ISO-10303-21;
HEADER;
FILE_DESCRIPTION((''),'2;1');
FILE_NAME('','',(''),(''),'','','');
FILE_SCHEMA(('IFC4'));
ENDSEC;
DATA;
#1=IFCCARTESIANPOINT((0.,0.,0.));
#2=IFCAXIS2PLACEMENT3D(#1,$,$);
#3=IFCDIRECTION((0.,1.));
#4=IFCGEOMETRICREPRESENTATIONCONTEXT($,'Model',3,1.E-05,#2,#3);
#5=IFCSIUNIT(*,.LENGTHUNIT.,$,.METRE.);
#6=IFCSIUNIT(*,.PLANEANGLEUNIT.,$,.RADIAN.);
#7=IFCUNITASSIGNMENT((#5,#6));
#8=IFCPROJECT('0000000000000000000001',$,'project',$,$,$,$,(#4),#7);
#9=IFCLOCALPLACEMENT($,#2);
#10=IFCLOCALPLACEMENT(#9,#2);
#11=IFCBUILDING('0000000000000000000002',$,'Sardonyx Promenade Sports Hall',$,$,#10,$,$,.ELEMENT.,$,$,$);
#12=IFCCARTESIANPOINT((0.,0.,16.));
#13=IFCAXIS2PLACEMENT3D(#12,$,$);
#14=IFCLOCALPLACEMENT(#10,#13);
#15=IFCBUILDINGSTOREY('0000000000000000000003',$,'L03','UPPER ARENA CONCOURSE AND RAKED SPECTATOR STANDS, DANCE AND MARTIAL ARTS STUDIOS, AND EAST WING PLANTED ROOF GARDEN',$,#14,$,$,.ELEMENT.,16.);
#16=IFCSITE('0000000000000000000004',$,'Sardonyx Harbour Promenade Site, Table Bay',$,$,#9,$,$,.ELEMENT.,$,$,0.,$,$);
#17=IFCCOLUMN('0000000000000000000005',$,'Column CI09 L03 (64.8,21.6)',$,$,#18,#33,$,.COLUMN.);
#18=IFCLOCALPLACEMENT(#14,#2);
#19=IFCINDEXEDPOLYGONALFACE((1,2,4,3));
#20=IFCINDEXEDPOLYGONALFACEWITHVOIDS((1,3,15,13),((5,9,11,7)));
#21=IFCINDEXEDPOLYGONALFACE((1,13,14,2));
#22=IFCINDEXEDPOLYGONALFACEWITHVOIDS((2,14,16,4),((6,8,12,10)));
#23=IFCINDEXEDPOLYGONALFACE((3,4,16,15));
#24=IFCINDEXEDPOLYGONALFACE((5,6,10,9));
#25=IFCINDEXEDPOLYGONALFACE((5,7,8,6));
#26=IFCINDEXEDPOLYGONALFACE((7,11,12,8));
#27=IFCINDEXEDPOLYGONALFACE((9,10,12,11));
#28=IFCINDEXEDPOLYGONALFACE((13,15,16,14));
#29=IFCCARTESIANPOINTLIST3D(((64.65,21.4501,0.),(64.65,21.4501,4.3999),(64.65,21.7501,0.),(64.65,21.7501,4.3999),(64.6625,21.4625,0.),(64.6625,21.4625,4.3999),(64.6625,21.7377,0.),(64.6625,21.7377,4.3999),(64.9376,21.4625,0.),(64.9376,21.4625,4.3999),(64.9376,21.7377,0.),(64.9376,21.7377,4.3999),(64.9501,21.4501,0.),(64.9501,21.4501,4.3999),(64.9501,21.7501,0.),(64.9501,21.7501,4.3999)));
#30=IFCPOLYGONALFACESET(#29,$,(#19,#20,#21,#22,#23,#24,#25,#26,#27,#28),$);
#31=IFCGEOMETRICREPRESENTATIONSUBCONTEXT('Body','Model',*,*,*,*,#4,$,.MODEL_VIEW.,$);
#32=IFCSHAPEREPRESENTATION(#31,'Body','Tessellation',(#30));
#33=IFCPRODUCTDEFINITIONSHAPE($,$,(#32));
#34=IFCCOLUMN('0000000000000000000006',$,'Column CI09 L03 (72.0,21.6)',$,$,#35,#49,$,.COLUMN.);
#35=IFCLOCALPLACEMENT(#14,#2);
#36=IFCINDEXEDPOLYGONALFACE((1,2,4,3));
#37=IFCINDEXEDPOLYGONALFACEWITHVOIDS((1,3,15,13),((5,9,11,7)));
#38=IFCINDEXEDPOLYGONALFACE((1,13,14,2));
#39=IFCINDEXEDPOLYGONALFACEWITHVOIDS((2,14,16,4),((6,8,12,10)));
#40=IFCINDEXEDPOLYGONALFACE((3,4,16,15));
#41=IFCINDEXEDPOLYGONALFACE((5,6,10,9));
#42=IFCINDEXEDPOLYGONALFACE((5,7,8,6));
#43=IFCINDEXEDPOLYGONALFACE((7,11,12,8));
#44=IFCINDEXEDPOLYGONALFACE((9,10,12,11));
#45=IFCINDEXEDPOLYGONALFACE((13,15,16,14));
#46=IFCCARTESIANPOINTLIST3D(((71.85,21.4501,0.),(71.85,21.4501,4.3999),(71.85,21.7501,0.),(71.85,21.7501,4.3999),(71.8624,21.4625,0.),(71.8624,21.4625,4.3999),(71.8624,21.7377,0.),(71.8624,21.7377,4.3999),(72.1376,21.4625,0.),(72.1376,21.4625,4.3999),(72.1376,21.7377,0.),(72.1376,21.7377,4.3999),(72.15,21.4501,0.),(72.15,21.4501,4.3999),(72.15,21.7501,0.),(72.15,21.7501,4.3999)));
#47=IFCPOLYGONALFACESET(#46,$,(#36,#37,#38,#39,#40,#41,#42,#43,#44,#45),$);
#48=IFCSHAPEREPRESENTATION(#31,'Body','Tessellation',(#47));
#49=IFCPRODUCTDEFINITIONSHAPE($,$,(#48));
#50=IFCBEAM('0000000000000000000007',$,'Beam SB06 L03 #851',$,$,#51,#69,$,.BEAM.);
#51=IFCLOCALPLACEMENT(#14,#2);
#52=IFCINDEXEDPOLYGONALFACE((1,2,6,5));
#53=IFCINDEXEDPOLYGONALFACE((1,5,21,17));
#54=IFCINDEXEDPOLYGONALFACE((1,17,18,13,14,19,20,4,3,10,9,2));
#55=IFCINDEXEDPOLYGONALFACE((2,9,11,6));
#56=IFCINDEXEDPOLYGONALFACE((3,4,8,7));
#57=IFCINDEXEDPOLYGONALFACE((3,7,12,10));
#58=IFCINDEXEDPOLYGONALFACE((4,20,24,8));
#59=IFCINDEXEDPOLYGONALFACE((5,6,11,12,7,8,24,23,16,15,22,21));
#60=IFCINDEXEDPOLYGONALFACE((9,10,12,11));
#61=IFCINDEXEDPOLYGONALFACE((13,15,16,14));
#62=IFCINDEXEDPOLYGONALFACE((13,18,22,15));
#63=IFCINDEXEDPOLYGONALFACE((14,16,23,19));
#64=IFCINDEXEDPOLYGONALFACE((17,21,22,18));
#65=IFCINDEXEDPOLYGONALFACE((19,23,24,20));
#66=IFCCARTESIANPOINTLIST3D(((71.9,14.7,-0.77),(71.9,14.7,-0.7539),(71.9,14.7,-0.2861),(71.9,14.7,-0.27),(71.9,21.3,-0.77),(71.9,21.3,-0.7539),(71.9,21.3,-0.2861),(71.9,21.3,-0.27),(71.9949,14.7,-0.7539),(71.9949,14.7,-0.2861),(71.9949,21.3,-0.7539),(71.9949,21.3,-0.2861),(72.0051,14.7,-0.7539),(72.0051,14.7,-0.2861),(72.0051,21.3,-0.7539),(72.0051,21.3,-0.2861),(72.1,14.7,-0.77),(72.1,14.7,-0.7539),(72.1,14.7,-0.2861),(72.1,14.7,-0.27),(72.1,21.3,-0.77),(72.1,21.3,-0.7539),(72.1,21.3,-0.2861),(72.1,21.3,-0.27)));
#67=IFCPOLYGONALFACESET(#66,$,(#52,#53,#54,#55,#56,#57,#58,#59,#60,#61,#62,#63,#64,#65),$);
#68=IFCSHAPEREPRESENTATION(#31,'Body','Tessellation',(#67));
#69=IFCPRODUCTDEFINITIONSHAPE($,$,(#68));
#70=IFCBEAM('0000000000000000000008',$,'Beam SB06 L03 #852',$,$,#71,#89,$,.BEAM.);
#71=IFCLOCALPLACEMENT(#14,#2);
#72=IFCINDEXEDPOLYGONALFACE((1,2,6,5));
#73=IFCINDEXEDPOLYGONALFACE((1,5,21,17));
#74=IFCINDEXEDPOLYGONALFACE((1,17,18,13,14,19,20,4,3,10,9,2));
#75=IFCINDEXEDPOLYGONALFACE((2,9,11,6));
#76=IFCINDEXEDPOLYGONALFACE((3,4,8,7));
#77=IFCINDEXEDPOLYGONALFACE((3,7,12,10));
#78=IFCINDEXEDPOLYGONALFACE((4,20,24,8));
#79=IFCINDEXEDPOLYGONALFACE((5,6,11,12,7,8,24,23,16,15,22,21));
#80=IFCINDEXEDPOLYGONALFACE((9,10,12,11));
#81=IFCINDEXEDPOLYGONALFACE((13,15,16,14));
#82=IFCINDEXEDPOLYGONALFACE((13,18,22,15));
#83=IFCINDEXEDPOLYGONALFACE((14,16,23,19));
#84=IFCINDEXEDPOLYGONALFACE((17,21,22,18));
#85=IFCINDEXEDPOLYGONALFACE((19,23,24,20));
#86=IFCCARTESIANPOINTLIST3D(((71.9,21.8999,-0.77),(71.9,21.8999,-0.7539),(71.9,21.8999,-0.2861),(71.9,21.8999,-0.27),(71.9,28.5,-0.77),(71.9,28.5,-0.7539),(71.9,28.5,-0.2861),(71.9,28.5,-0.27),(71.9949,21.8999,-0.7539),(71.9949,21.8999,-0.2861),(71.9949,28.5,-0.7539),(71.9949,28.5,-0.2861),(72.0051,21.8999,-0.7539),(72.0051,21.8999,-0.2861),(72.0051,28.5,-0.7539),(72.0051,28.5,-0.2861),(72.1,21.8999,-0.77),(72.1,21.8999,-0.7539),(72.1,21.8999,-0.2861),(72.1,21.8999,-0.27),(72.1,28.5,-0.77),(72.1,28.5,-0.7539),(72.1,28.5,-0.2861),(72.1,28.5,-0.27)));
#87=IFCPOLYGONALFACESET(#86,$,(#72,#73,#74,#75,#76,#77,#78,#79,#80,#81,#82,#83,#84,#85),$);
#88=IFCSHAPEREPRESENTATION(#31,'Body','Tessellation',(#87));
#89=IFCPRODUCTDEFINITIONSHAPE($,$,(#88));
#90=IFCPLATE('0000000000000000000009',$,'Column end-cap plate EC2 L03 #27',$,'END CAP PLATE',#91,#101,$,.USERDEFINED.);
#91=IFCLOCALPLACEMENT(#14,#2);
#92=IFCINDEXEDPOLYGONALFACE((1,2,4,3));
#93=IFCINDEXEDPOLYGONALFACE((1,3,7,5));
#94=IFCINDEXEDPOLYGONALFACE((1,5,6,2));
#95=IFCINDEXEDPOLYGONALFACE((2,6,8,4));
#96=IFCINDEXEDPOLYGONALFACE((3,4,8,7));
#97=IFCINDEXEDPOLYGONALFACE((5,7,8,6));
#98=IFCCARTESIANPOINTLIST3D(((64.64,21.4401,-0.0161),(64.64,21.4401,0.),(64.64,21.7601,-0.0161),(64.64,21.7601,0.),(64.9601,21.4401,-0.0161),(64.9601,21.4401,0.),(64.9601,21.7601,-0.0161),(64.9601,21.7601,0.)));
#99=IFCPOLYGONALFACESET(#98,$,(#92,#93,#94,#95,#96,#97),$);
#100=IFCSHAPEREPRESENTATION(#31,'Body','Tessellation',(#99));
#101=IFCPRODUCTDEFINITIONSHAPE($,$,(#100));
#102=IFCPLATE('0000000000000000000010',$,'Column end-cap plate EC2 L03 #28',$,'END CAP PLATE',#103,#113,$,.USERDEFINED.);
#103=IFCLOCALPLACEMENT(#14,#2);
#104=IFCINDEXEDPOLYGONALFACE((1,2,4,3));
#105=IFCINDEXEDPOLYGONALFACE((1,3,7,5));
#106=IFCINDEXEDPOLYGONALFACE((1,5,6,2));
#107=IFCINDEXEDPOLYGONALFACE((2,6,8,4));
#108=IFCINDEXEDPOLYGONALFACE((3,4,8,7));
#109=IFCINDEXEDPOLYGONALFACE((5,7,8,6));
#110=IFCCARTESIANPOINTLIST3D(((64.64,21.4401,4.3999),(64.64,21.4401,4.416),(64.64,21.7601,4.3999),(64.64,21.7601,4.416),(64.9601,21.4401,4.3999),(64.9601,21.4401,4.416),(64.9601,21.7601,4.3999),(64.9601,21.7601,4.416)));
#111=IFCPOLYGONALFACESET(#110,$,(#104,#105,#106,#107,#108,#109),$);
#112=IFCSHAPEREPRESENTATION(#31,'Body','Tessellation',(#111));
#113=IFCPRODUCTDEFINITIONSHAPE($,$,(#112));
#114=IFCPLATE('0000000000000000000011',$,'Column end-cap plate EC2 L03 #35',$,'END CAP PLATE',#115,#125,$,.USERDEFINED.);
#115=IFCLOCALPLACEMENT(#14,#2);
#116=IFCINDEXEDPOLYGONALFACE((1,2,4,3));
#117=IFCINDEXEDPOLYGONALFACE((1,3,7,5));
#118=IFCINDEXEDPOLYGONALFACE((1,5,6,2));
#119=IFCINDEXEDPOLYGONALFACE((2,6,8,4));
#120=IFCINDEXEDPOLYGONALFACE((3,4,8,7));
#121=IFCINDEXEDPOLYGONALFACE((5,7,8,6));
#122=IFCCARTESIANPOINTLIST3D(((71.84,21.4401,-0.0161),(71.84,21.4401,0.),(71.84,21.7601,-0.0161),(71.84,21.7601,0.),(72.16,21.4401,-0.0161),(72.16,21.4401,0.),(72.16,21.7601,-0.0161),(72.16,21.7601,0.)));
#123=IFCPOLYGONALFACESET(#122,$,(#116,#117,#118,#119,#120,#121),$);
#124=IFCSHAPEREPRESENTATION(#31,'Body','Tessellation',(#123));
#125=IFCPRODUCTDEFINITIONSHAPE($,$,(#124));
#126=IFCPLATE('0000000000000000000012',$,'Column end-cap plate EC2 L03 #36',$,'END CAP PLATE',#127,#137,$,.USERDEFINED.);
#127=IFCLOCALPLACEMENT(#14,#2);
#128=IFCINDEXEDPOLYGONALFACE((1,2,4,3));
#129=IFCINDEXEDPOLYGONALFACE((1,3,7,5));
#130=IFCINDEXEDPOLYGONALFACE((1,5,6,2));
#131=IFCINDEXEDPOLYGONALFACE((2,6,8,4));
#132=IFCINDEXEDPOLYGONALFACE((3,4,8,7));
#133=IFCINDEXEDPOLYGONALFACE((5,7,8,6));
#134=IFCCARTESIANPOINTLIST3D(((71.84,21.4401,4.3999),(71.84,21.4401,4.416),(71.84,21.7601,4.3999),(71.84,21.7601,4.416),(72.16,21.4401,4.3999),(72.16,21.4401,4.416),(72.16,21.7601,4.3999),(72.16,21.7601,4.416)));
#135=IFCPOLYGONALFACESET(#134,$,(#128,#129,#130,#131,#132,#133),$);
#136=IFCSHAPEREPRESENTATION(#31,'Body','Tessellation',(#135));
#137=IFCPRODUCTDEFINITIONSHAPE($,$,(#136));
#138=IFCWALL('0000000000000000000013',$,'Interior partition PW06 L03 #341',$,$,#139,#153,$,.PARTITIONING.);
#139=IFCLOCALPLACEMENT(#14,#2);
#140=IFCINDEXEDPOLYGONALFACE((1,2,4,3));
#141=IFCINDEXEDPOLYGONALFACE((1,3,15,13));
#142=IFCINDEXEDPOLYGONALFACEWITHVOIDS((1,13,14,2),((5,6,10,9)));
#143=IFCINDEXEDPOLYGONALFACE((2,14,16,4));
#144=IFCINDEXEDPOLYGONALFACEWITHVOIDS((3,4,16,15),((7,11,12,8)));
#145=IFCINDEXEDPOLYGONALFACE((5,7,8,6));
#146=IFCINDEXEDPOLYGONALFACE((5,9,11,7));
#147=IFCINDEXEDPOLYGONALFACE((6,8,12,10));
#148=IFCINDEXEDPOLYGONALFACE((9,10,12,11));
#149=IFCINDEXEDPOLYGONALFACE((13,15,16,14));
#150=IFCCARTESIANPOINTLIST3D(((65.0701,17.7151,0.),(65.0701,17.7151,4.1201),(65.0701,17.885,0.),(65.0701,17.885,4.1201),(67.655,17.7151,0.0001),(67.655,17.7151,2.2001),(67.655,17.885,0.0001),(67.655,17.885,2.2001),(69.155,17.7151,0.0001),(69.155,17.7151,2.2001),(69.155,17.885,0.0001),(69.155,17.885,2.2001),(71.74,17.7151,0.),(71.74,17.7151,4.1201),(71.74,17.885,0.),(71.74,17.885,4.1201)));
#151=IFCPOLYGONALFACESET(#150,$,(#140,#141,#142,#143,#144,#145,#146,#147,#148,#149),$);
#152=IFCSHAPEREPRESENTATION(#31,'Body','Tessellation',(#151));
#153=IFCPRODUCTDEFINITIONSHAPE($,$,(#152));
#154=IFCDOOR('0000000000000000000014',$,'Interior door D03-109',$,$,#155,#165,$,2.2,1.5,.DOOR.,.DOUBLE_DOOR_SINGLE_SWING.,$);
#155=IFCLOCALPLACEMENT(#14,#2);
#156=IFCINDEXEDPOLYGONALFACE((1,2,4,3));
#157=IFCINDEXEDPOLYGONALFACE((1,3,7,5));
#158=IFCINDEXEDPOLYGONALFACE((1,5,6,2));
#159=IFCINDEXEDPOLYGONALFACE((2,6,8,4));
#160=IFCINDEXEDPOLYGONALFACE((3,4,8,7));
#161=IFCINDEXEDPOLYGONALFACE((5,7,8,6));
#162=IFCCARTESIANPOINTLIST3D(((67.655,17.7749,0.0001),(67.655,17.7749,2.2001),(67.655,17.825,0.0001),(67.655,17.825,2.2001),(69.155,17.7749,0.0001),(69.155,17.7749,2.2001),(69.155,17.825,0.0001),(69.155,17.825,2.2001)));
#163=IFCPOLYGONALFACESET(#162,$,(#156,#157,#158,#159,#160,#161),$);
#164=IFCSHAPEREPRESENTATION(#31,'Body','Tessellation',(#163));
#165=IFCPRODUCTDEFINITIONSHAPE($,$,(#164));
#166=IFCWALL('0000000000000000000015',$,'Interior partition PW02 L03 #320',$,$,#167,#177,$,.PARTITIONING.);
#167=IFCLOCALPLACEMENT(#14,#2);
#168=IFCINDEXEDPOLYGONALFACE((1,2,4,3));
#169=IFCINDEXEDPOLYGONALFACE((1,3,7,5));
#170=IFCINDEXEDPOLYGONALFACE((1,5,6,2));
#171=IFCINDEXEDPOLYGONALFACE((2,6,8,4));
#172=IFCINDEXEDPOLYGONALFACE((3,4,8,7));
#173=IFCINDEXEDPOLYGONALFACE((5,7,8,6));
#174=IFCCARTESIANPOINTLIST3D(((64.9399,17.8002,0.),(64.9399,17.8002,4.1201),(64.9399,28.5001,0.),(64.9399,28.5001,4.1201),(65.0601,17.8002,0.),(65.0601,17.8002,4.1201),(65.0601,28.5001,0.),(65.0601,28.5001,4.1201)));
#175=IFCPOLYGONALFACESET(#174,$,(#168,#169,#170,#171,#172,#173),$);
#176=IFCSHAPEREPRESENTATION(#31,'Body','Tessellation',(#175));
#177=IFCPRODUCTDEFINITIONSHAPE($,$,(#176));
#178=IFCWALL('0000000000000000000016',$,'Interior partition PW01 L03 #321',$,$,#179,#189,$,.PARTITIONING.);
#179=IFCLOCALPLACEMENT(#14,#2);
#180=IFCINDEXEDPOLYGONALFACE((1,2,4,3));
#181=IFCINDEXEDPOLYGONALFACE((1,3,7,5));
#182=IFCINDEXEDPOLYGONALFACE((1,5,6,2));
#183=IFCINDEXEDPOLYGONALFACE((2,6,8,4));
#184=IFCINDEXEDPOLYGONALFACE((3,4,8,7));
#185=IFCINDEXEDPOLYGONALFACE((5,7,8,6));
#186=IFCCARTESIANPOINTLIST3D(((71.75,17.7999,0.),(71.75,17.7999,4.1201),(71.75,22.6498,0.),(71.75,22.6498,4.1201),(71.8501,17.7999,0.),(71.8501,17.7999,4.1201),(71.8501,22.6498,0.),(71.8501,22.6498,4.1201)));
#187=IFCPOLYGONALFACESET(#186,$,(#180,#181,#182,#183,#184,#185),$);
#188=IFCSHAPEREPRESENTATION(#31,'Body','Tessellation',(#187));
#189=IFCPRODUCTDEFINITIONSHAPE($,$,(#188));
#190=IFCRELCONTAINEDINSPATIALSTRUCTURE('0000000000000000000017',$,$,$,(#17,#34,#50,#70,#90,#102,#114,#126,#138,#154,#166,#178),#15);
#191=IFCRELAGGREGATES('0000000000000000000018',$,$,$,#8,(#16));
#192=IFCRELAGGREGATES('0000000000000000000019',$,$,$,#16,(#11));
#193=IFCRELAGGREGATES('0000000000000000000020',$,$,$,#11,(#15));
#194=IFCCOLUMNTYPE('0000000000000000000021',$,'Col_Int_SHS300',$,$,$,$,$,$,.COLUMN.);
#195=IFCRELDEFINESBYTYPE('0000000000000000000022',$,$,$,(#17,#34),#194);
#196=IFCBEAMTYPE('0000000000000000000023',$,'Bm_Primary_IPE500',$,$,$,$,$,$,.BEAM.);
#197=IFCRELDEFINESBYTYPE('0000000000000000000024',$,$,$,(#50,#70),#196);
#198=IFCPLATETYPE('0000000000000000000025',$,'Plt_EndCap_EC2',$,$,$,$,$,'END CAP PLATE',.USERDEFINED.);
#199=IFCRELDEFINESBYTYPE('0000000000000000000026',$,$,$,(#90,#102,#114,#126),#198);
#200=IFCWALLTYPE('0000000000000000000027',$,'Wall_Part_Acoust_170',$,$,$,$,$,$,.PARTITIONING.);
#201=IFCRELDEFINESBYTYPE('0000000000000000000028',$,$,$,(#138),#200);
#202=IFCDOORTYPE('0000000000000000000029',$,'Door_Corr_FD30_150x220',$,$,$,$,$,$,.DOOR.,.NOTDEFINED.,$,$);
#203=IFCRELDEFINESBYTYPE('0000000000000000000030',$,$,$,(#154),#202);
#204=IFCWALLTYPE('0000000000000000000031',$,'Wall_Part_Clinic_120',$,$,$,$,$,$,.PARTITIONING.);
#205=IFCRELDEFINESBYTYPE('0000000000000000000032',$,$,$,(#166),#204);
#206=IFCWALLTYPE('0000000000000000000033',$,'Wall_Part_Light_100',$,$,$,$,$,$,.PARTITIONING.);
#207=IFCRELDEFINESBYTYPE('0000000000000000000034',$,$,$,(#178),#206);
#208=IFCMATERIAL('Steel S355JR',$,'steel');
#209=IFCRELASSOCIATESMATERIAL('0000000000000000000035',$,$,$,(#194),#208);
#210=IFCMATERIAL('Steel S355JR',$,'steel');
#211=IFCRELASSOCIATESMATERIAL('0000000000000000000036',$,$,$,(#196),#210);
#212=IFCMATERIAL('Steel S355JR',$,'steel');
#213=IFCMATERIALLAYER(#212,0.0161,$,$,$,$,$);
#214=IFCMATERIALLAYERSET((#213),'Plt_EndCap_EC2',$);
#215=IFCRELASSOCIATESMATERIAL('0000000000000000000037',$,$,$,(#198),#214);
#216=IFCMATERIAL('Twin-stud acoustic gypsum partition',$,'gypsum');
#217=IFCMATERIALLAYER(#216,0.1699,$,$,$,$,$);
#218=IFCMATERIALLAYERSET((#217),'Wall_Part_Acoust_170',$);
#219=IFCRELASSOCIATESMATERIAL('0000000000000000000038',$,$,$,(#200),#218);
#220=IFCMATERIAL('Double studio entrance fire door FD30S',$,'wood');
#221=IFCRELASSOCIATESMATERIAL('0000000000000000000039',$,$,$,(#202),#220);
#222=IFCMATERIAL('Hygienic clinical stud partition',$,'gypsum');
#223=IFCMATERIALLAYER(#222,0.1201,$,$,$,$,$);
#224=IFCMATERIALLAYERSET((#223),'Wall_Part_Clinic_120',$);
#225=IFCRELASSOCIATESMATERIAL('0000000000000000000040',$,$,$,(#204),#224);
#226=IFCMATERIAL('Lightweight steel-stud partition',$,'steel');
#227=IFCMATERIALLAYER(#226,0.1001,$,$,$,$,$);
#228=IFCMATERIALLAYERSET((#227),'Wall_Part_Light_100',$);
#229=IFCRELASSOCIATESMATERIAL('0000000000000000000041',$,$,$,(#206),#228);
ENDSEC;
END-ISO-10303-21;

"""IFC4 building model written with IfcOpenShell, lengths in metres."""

from ifc_helpers import new_model, si_unit, direction, frame, frame_2d, origin, origin_2d, place, context, subcontext, project, spatial, rectangle, hollow_rectangle, i_section, extrude, material, layer, layer_set, material_profile, profile_set, type_object, element, fill, save


model = new_model("IFC4")

# Units and contexts
model_context = context("Model", 3, precision=1e-05, world=origin(), true_north=direction((0.0, 1.0)))
body_context = subcontext(model_context, "Body", "Model", "MODEL_VIEW")
ifc_project = project(units=[si_unit("LENGTHUNIT", "METRE"), si_unit("PLANEANGLEUNIT", "RADIAN")], contexts=[model_context])

# Site, building, storey
site_placement = place(None, origin())
site = spatial("IfcSite", under=ifc_project, at=site_placement, Name="Sardonyx Harbour Promenade Site, Table Bay", CompositionType="ELEMENT", RefElevation=0.0)
building_placement = place(site_placement, origin())
building = spatial("IfcBuilding", under=site, at=building_placement, Name="Sardonyx Promenade Sports Hall", CompositionType="ELEMENT")
storey_placement = place(building_placement, frame((0.0, 0.0, 16.0)))
storey = spatial("IfcBuildingStorey", under=building, at=storey_placement, Name="L03", Description="UPPER ARENA CONCOURSE AND RAKED SPECTATOR STANDS, DANCE AND MARTIAL ARTS STUDIOS, AND EAST WING PLANTED ROOF GARDEN", CompositionType="ELEMENT", Elevation=16.0)

# Columns
ifc_material_1 = material(Name="Steel S355JR", Category="steel")
ifc_material_profile_1 = material_profile(ifc_material_1, hollow_rectangle(XDim=0.3, YDim=0.3, WallThickness=0.0125, at=origin_2d()))
ifc_profile_set_1 = profile_set([ifc_material_profile_1], Name="Steel S355JR")
column_type = type_object("IfcColumnType", Name="Col_Int_SHS300", PredefinedType="COLUMN", material=ifc_profile_set_1)
for number, where, z_axis, x_axis, name in (
    (1, (64.8, 21.6001, 0.0), (0.0, 0.0, 1.0), (1.0, 0.0, 0.0), "Column CI09 L03 (64.8,21.6)"),
    (2, (72.0, 21.6001, 0.0), (0.0, 0.0, 1.0), (1.0, 0.0, 0.0), "Column CI09 L03 (72.0,21.6)"),
):
    element("IfcColumn", number, at=place(storey_placement, frame(where, z_axis=z_axis, x_axis=x_axis)), inside=storey, type_object=column_type, Name=name, PredefinedType="COLUMN", context=body_context, shape_type="SweptSolid", body=[
        extrude(hollow_rectangle(XDim=0.3, YDim=0.3, WallThickness=0.0125, at=origin_2d()), origin(), (0.0, 0.0, 1.0), 4.3999),
    ])

# Beams
ifc_material_2 = material(Name="Steel S355JR", Category="steel")
ifc_material_profile_2 = material_profile(ifc_material_2, i_section(OverallWidth=0.2, OverallDepth=0.5, WebThickness=0.0103, FlangeThickness=0.0161, at=origin_2d()))
ifc_profile_set_2 = profile_set([ifc_material_profile_2], Name="Steel S355JR")
beam_type = type_object("IfcBeamType", Name="Bm_Primary_IPE500", PredefinedType="BEAM", material=ifc_profile_set_2)
for number, where, z_axis, x_axis, name in (
    (3, (72.0, 14.7, -0.52), (0.0, 1.0, 0.0), (-1.0, 0.0, 0.0), "Beam SB06 L03 #851"),
    (4, (72.0, 21.8999, -0.52), (0.0, 1.0, 0.0), (-1.0, 0.0, 0.0), "Beam SB06 L03 #852"),
):
    element("IfcBeam", number, at=place(storey_placement, frame(where, z_axis=z_axis, x_axis=x_axis)), inside=storey, type_object=beam_type, Name=name, PredefinedType="BEAM", context=body_context, shape_type="SweptSolid", body=[
        extrude(i_section(OverallWidth=0.2, OverallDepth=0.5, WebThickness=0.0103, FlangeThickness=0.0161, at=origin_2d()), origin(), (0.0, 0.0, 1.0), 6.6001),
    ])

# Plates
ifc_material_3 = material(Name="Steel S355JR", Category="steel")
ifc_layer_1 = layer(ifc_material_3, 0.0161)
ifc_layer_set_1 = layer_set([ifc_layer_1], Name="Plt_EndCap_EC2")
plate_type = type_object("IfcPlateType", Name="Plt_EndCap_EC2", ElementType="END CAP PLATE", PredefinedType="USERDEFINED", material=ifc_layer_set_1)
for number, where, z_axis, x_axis, name in (
    (5, (64.8, 21.6001, -0.0161), (0.0, 0.0, 1.0), (1.0, 0.0, 0.0), "Column end-cap plate EC2 L03 #27"),
    (6, (64.8, 21.6001, 4.3999), (0.0, 0.0, 1.0), (1.0, 0.0, 0.0), "Column end-cap plate EC2 L03 #28"),
    (7, (72.0, 21.6001, -0.0161), (0.0, 0.0, 1.0), (1.0, 0.0, 0.0), "Column end-cap plate EC2 L03 #35"),
    (8, (72.0, 21.6001, 4.3999), (0.0, 0.0, 1.0), (1.0, 0.0, 0.0), "Column end-cap plate EC2 L03 #36"),
):
    element("IfcPlate", number, at=place(storey_placement, frame(where, z_axis=z_axis, x_axis=x_axis)), inside=storey, type_object=plate_type, Name=name, ObjectType="END CAP PLATE", PredefinedType="USERDEFINED", context=body_context, shape_type="SweptSolid", body=[
        extrude(rectangle(XDim=0.3201, YDim=0.3201, at=origin_2d()), origin(), (0.0, 0.0, 1.0), 0.0161),
    ])

# Wall, opening, door
ifc_material_4 = material(Name="Twin-stud acoustic gypsum partition", Category="gypsum")
ifc_layer_2 = layer(ifc_material_4, 0.1699)
ifc_layer_set_2 = layer_set([ifc_layer_2], Name="Wall_Part_Acoust_170")
wall_type_1 = type_object("IfcWallType", Name="Wall_Part_Acoust_170", PredefinedType="PARTITIONING", material=ifc_layer_set_2)
wall_1_placement = place(storey_placement, frame((65.0701, 17.8, 0.0), z_axis=(0.0, 0.0, 1.0), x_axis=(1.0, 0.0, 0.0)))
wall_1 = element("IfcWall", 9, at=wall_1_placement, inside=storey, type_object=wall_type_1, Name="Interior partition PW06 L03 #341", PredefinedType="PARTITIONING", context=body_context, shape_type="SweptSolid", body=[
    extrude(rectangle(XDim=6.6699, YDim=0.1699, at=frame_2d((3.335, 0.0))), origin(), (0.0, 0.0, 1.0), 4.1201),
])
opening_1_placement = place(wall_1_placement, frame((2.585, 0.0, 0.0)))
opening_1 = element("IfcOpeningElement", 10, at=opening_1_placement, cuts=wall_1, PredefinedType="OPENING", context=body_context, shape_type="SweptSolid", body=[
    extrude(rectangle(XDim=1.5, YDim=2.2, at=frame_2d((0.75, 1.1001))), frame((0.0, 0.095, 0.0), z_axis=(0.0, -1.0, 0.0), x_axis=(1.0, 0.0, 0.0)), (0.0, 0.0, 1.0), 0.19),
])
ifc_material_5 = material(Name="Double studio entrance fire door FD30S", Category="wood")
door_type_1 = type_object("IfcDoorType", Name="Door_Corr_FD30_150x220", OperationType="NOTDEFINED", PredefinedType="DOOR", material=ifc_material_5)
door_1_placement = place(opening_1_placement, origin())
door_1 = element("IfcDoor", 11, at=door_1_placement, inside=storey, type_object=door_type_1, Name="Interior door D03-109", OperationType="DOUBLE_DOOR_SINGLE_SWING", OverallHeight=2.2, OverallWidth=1.5, PredefinedType="DOOR", context=body_context, shape_type="SweptSolid", body=[
    extrude(rectangle(XDim=1.5, YDim=2.2, at=frame_2d((0.75, 1.1001))), frame((0.0, 0.0249, 0.0), z_axis=(0.0, -1.0, 0.0), x_axis=(1.0, 0.0, 0.0)), (0.0, 0.0, 1.0), 0.05),
])
fill(opening_1, door_1)

# Walls
ifc_material_6 = material(Name="Hygienic clinical stud partition", Category="gypsum")
ifc_layer_3 = layer(ifc_material_6, 0.1201)
ifc_layer_set_3 = layer_set([ifc_layer_3], Name="Wall_Part_Clinic_120")
wall_type_2 = type_object("IfcWallType", Name="Wall_Part_Clinic_120", PredefinedType="PARTITIONING", material=ifc_layer_set_3)
wall_2_placement = place(storey_placement, frame((65.0, 17.8, 0.0), z_axis=(0.0, 0.0, 1.0), x_axis=(0.0, 1.0, 0.0)))
element("IfcWall", 12, at=wall_2_placement, inside=storey, type_object=wall_type_2, Name="Interior partition PW02 L03 #320", PredefinedType="PARTITIONING", context=body_context, shape_type="SweptSolid", body=[
    extrude(rectangle(XDim=10.7, YDim=0.1201, at=frame_2d((5.3501, 0.0))), origin(), (0.0, 0.0, 1.0), 4.1201),
])
ifc_material_7 = material(Name="Lightweight steel-stud partition", Category="steel")
ifc_layer_4 = layer(ifc_material_7, 0.1001)
ifc_layer_set_4 = layer_set([ifc_layer_4], Name="Wall_Part_Light_100")
wall_type_3 = type_object("IfcWallType", Name="Wall_Part_Light_100", PredefinedType="PARTITIONING", material=ifc_layer_set_4)
wall_3_placement = place(storey_placement, frame((71.8, 17.8, 0.0), z_axis=(0.0, 0.0, 1.0), x_axis=(0.0, 1.0, 0.0)))
element("IfcWall", 13, at=wall_3_placement, inside=storey, type_object=wall_type_3, Name="Interior partition PW01 L03 #321", PredefinedType="PARTITIONING", context=body_context, shape_type="SweptSolid", body=[
    extrude(rectangle(XDim=4.8499, YDim=0.1001, at=frame_2d((2.4248, 0.0))), origin(), (0.0, 0.0, 1.0), 4.1201),
])

save(model, "model.ifc")
